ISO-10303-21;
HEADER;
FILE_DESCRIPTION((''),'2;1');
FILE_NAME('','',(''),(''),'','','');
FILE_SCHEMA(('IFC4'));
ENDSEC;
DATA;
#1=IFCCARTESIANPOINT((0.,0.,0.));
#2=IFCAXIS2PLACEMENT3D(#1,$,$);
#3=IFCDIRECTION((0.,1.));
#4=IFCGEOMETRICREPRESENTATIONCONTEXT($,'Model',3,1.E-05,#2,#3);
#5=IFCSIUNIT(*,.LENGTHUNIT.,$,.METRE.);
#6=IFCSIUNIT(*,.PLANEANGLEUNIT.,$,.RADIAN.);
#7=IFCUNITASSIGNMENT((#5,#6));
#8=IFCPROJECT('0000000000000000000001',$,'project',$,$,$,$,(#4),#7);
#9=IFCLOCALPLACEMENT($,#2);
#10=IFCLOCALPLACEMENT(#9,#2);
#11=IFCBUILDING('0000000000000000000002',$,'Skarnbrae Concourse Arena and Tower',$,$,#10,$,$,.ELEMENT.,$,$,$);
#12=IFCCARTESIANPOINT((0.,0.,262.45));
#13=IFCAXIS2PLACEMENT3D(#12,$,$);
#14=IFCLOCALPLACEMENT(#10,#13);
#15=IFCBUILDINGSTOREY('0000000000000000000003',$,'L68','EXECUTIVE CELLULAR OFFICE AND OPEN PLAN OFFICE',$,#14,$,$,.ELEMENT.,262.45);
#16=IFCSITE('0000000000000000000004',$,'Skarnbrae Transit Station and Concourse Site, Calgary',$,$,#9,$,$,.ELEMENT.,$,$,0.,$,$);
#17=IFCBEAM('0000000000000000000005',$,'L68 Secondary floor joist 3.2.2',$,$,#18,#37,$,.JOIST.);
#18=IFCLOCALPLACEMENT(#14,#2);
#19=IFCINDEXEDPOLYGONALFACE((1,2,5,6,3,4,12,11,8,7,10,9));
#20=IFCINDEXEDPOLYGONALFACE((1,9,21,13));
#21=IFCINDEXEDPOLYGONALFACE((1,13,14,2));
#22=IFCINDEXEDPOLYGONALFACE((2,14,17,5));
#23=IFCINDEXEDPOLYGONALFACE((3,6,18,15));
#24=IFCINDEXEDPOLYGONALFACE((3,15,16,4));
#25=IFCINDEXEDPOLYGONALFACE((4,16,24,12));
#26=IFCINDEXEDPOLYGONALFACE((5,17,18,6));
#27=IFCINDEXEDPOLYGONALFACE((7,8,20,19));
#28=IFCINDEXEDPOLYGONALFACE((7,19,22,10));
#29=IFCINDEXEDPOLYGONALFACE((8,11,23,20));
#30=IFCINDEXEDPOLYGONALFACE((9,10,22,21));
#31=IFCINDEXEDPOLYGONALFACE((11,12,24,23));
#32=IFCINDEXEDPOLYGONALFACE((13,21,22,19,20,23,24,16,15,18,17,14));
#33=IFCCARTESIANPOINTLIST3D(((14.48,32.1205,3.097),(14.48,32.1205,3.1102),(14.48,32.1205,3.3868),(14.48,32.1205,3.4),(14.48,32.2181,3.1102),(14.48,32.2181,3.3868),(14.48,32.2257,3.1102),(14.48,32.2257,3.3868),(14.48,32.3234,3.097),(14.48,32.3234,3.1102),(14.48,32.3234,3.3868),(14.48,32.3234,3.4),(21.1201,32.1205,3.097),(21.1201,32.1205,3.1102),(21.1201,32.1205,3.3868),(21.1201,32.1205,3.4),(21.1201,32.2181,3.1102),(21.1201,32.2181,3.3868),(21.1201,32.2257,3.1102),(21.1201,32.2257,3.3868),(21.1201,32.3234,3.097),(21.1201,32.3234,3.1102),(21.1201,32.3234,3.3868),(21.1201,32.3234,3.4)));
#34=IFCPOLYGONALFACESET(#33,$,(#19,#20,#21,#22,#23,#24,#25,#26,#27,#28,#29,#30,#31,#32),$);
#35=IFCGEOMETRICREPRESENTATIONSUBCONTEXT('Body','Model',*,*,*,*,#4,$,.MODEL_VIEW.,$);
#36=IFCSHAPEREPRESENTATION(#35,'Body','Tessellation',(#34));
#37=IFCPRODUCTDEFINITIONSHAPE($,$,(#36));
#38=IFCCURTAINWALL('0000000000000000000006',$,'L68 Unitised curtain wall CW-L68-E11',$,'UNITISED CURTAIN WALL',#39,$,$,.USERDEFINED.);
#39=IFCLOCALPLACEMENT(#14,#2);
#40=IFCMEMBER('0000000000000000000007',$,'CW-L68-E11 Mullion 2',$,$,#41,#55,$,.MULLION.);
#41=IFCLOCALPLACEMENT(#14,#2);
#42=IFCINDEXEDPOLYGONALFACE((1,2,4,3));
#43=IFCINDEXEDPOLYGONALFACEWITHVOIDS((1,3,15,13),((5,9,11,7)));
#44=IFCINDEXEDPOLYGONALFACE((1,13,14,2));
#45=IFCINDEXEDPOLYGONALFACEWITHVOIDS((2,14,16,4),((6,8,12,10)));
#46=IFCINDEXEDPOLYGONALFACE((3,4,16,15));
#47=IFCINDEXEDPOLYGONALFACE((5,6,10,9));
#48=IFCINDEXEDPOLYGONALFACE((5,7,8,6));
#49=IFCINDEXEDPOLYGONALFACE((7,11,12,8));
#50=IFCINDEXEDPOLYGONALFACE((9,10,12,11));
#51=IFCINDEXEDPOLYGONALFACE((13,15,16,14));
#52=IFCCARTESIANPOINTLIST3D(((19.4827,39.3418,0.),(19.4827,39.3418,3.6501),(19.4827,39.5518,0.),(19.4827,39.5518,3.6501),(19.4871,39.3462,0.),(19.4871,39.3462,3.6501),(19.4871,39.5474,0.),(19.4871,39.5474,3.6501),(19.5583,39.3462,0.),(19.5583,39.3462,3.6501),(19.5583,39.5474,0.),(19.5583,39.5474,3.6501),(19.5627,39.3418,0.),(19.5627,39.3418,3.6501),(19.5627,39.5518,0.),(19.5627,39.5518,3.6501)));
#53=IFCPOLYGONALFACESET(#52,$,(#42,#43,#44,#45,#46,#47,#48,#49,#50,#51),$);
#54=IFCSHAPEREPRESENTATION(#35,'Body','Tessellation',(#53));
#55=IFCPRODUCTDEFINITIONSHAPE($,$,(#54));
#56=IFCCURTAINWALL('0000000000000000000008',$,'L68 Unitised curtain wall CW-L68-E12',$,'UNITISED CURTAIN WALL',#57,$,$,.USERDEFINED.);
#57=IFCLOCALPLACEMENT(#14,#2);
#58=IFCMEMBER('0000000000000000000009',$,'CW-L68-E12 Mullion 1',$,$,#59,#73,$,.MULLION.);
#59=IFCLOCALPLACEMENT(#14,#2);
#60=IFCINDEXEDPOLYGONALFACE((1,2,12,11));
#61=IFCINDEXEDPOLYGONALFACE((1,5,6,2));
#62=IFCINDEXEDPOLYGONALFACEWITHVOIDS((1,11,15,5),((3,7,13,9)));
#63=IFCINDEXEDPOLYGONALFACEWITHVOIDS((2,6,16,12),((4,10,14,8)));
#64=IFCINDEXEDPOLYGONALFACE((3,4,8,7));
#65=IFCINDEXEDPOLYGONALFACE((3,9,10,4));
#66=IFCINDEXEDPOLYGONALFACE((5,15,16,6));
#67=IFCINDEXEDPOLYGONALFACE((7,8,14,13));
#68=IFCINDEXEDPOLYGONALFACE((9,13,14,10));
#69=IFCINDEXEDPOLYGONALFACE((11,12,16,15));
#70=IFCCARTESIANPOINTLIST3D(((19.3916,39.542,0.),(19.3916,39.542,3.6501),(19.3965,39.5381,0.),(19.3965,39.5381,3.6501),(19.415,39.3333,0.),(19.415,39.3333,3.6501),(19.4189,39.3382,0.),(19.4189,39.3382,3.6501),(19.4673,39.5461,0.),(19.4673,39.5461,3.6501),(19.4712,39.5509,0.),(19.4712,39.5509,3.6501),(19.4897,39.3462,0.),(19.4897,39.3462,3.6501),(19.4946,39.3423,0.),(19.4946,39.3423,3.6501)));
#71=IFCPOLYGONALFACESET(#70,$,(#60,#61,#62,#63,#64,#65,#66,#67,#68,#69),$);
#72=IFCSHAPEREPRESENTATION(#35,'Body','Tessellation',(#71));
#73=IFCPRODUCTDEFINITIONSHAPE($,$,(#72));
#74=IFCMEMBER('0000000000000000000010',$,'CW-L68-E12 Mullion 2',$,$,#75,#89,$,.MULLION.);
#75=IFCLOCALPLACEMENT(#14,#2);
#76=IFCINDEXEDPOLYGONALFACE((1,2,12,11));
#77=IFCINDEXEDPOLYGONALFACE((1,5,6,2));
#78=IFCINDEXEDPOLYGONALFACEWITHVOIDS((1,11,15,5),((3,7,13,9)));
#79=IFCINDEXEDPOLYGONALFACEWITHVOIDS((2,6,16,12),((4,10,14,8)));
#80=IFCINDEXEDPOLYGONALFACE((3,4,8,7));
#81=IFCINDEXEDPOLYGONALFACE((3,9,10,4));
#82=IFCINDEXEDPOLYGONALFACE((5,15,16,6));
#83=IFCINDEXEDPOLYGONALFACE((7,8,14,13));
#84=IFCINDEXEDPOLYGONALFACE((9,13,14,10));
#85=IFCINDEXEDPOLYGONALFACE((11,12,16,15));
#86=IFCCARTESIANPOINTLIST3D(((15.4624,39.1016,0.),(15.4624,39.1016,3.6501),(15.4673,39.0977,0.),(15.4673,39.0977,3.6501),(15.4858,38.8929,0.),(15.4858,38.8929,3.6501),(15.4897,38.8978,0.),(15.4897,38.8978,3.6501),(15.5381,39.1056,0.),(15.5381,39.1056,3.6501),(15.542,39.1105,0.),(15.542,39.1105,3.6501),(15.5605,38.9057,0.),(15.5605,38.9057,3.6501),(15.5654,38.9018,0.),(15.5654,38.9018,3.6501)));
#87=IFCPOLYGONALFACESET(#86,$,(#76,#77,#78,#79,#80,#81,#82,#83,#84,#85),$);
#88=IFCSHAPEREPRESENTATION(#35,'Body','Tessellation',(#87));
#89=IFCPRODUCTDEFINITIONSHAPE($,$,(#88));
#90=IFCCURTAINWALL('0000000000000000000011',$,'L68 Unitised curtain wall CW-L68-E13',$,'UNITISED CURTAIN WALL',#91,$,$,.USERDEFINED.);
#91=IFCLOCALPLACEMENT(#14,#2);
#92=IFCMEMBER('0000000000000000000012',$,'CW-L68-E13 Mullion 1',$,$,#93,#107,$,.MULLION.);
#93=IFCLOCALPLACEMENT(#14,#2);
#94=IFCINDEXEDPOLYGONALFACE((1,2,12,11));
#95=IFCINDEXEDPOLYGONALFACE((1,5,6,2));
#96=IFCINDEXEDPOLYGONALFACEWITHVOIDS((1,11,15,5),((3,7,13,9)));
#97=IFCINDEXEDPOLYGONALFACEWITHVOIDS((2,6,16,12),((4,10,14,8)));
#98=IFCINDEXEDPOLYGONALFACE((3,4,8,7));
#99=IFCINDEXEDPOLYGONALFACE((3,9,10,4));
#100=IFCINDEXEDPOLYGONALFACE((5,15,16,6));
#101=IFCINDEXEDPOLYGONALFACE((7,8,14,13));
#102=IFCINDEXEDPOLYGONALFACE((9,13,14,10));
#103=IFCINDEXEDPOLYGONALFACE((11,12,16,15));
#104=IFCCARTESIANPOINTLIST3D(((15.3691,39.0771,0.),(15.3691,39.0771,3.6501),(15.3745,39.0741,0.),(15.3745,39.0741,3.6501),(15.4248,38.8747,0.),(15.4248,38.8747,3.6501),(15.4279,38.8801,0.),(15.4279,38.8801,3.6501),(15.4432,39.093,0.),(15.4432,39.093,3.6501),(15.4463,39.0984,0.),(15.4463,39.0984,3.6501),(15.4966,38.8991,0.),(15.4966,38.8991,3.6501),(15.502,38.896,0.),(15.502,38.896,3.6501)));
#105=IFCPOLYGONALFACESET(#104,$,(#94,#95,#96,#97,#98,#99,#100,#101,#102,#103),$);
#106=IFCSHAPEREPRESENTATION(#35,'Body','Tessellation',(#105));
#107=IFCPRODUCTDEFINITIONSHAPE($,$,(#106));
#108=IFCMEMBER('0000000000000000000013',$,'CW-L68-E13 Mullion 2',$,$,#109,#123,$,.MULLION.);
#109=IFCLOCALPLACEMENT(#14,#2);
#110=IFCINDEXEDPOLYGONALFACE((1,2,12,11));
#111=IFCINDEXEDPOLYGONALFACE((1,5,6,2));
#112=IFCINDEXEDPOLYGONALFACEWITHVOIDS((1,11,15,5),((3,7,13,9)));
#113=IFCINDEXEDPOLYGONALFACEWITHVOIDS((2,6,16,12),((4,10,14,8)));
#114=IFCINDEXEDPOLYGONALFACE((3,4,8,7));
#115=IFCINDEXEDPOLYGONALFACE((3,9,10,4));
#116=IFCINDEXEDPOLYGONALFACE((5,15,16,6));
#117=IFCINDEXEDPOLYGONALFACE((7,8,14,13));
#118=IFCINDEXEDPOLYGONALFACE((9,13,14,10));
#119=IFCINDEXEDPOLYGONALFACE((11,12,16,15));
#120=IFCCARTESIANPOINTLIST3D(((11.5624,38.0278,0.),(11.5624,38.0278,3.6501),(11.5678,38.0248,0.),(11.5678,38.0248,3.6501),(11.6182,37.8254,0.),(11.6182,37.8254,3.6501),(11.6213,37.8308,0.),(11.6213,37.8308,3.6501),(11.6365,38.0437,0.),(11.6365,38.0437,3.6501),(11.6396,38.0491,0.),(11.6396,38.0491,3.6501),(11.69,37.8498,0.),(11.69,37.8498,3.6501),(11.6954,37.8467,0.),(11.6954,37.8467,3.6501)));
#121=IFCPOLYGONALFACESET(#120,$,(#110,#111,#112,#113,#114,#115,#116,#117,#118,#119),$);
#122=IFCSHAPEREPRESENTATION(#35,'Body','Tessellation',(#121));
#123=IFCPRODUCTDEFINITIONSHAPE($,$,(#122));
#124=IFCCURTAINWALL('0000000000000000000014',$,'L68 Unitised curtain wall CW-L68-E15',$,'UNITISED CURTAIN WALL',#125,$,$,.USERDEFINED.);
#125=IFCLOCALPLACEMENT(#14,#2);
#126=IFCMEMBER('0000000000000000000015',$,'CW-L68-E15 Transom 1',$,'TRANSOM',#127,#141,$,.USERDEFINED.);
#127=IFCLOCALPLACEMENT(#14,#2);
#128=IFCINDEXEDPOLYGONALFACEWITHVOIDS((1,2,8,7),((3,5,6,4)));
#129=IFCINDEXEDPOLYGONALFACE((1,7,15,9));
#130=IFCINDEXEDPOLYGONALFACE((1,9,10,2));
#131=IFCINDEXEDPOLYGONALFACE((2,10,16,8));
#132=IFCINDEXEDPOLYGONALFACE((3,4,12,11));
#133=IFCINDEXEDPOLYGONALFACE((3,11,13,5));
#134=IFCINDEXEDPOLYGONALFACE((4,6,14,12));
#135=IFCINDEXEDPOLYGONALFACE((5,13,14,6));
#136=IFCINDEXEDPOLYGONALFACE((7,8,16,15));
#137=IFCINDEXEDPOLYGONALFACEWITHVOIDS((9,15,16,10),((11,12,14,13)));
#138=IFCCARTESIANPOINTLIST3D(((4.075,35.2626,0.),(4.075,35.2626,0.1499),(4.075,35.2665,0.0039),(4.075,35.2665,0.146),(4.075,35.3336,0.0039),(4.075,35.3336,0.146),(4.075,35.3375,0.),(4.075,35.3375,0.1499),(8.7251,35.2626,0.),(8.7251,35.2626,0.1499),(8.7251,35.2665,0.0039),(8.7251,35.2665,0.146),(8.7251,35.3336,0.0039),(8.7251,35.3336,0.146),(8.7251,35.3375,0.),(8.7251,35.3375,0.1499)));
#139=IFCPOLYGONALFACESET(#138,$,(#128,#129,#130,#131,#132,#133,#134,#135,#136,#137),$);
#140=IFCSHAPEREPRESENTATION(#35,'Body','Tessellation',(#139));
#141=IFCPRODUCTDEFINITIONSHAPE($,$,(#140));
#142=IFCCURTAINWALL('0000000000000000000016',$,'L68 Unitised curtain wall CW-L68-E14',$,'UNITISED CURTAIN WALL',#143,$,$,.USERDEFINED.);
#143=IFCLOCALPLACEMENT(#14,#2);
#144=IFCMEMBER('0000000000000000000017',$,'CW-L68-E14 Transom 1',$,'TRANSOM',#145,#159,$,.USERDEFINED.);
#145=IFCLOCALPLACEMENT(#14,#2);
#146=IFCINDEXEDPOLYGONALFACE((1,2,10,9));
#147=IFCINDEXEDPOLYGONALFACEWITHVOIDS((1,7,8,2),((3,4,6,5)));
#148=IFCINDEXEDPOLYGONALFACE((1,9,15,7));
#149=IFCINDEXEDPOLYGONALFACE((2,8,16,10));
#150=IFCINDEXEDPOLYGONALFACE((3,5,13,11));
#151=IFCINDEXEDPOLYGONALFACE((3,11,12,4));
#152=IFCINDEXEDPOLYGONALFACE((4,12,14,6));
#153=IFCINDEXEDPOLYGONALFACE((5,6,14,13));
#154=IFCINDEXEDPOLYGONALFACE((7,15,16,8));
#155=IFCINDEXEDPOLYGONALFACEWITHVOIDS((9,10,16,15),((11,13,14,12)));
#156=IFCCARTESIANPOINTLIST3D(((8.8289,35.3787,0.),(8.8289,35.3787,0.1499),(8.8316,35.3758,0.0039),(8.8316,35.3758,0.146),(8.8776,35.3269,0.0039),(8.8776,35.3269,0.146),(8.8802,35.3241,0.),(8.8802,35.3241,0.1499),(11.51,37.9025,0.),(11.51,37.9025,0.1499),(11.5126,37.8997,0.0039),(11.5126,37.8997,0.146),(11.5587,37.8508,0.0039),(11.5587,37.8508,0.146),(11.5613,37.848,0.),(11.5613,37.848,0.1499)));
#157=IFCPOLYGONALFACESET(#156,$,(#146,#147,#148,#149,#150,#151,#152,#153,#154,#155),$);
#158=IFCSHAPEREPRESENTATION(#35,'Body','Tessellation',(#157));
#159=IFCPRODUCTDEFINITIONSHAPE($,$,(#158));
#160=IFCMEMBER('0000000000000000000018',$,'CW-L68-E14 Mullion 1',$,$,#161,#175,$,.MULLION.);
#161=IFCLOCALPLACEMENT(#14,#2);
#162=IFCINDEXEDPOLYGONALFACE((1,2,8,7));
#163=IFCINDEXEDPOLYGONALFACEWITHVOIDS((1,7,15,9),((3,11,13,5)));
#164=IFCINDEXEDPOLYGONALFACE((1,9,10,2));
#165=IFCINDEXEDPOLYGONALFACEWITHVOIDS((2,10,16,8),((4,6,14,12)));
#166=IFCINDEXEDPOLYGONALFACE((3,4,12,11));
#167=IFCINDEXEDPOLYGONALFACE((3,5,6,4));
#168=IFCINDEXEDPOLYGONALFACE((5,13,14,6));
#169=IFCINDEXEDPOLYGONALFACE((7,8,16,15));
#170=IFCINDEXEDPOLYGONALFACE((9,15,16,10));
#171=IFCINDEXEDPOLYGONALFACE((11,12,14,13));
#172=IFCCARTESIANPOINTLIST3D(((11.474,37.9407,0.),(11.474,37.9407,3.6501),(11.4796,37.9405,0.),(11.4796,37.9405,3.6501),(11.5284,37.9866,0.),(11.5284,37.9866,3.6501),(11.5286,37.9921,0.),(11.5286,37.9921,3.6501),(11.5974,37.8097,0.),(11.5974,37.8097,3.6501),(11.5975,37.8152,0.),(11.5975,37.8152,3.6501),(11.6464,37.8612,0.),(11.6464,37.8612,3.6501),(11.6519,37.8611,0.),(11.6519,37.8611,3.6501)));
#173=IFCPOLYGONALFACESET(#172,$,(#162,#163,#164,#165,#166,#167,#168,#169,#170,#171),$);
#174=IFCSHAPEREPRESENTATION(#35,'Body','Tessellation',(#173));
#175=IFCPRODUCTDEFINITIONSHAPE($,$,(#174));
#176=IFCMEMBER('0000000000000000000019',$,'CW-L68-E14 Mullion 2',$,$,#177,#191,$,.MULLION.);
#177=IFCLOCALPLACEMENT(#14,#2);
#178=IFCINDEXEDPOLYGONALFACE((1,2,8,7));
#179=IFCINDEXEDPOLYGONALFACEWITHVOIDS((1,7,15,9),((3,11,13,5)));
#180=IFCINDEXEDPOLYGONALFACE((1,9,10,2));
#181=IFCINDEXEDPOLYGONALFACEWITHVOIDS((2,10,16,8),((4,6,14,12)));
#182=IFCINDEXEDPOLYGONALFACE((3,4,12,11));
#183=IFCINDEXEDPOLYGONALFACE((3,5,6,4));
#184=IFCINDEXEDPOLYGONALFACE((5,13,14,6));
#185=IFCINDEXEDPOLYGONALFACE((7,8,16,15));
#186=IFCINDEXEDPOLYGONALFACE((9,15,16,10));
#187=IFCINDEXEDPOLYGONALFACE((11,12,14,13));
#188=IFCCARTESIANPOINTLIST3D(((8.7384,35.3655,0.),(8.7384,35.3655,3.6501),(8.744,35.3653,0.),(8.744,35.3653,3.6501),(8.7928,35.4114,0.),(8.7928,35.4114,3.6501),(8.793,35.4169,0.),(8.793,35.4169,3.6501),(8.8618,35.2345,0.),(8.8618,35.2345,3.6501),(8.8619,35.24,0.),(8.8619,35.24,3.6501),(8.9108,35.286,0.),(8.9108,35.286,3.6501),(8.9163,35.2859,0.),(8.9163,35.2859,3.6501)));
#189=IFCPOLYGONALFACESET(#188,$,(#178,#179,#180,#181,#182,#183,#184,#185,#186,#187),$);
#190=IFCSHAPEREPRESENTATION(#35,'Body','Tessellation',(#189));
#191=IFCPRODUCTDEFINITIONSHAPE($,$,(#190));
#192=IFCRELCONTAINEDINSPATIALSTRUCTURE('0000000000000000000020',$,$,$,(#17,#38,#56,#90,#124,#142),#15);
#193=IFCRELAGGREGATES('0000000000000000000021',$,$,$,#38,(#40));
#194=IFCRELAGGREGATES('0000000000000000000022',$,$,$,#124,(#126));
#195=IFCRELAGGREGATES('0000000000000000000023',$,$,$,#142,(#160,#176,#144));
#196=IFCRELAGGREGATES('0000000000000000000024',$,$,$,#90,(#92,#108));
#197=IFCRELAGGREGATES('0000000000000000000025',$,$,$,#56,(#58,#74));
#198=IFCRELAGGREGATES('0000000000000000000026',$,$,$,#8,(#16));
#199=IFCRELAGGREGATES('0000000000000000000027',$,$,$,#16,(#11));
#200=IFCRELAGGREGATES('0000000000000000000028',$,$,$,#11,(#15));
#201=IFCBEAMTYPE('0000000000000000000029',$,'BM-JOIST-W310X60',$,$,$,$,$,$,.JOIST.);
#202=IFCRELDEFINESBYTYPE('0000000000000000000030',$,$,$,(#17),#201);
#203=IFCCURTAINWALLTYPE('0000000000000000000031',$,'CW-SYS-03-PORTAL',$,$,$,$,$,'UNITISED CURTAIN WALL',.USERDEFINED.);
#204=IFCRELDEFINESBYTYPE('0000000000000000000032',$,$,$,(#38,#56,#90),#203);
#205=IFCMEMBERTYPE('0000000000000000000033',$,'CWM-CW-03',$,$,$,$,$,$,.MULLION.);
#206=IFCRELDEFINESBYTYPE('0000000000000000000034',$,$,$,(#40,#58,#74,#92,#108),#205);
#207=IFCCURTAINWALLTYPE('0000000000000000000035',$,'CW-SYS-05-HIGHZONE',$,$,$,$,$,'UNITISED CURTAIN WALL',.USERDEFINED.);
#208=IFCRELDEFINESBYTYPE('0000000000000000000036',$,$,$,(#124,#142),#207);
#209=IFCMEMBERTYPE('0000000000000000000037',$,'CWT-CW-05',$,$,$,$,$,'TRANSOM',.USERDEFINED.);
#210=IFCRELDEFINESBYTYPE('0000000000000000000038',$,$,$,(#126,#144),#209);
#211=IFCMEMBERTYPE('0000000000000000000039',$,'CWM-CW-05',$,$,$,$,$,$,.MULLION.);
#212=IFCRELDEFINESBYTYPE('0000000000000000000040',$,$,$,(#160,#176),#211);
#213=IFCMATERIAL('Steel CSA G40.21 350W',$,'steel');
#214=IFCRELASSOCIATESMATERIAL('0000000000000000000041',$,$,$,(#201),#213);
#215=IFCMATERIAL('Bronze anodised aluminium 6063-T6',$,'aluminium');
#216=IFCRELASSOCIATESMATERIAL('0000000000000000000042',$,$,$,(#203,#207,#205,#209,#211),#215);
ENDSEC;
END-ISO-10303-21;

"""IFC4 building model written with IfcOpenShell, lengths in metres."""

from ifc_helpers import new_model, si_unit, direction, frame, origin, origin_2d, place, context, subcontext, project, spatial, hollow_rectangle, i_section, extrude, source, transform, mapped, material, material_profile, profile_set, type_object, element, aggregate, save


model = new_model("IFC4")

# Units and contexts
model_context = context("Model", 3, precision=1e-05, world=origin(), true_north=direction((0.0, 1.0)))
body_context = subcontext(model_context, "Body", "Model", "MODEL_VIEW")
ifc_project = project(units=[si_unit("LENGTHUNIT", "METRE"), si_unit("PLANEANGLEUNIT", "RADIAN")], contexts=[model_context])

# Site, building, storey
site_placement = place(None, origin())
site = spatial("IfcSite", under=ifc_project, at=site_placement, Name="Skarnbrae Transit Station and Concourse Site, Calgary", CompositionType="ELEMENT", RefElevation=0.0)
building_placement = place(site_placement, origin())
building = spatial("IfcBuilding", under=site, at=building_placement, Name="Skarnbrae Concourse Arena and Tower", CompositionType="ELEMENT")
storey_placement = place(building_placement, frame((0.0, 0.0, 262.45)))
storey = spatial("IfcBuildingStorey", under=building, at=storey_placement, Name="L68", Description="EXECUTIVE CELLULAR OFFICE AND OPEN PLAN OFFICE", CompositionType="ELEMENT", Elevation=262.45)

# Shared definitions
ifc_material_1 = material(Name="Steel CSA G40.21 350W", Category="steel")

# Beam
ifc_material_profile_1 = material_profile(ifc_material_1, i_section(OverallWidth=0.2029, OverallDepth=0.303, WebThickness=0.0076, FlangeThickness=0.0132, at=origin_2d()), Name="W310X60")
ifc_profile_set_1 = profile_set([ifc_material_profile_1], Name="Steel CSA G40.21 350W")
beam_type_1 = type_object("IfcBeamType", Name="BM-JOIST-W310X60", PredefinedType="JOIST", material=ifc_profile_set_1)
shared_shape_1 = source(origin(), body_context, "Body", "SweptSolid", [
    extrude(i_section(OverallWidth=0.2029, OverallDepth=0.303, WebThickness=0.0076, FlangeThickness=0.0132, at=origin_2d()), origin(), (0.0, 0.0, 1.0), 6.6401),
])
for number, where, z_axis, x_axis, name in (
    (1, (14.48, 32.2219, 3.2485), (1.0, 0.0, 0.0), (0.0, 1.0, 0.0), "L68 Secondary floor joist 3.2.2"),
):
    element("IfcBeam", number, at=place(storey_placement, frame(where, z_axis=z_axis, x_axis=x_axis)), inside=storey, type_object=beam_type_1, Name=name, PredefinedType="JOIST", context=body_context, shape_type="MappedRepresentation", body=[
        mapped(shared_shape_1, transform((0.0, 0.0, 0.0))),
    ])

# Curtain wall, member
ifc_material_2 = material(Name="Bronze anodised aluminium 6063-T6", Category="aluminium")
curtain_wall_type_1 = type_object("IfcCurtainWallType", Name="CW-SYS-03-PORTAL", ElementType="UNITISED CURTAIN WALL", PredefinedType="USERDEFINED", material=ifc_material_2)
curtain_wall_1_placement = place(storey_placement, origin())
curtain_wall_1 = element("IfcCurtainWall", 2, at=curtain_wall_1_placement, inside=storey, type_object=curtain_wall_type_1, Name="L68 Unitised curtain wall CW-L68-E11", ObjectType="UNITISED CURTAIN WALL", PredefinedType="USERDEFINED")
ifc_material_profile_2 = material_profile(ifc_material_2, hollow_rectangle(XDim=0.0801, YDim=0.21, WallThickness=0.0044, at=origin_2d()), Name="ALU-MULL-80X210")
ifc_profile_set_2 = profile_set([ifc_material_profile_2], Name="Bronze anodised aluminium 6063-T6")
member_type_1 = type_object("IfcMemberType", Name="CWM-CW-03", PredefinedType="MULLION", material=ifc_profile_set_2)
shared_shape_2 = source(origin(), body_context, "Body", "SweptSolid", [
    extrude(hollow_rectangle(XDim=0.0801, YDim=0.21, WallThickness=0.0044, at=origin_2d()), origin(), (0.0, 0.0, 1.0), 3.6501),
])
member_1_placement = place(storey_placement, frame((19.5227, 39.4468, 0.0), z_axis=(0.0, 0.0, 1.0), x_axis=(-1.0, 0.0, 0.0)))
member_1 = element("IfcMember", 3, at=member_1_placement, type_object=member_type_1, Name="CW-L68-E11 Mullion 2", PredefinedType="MULLION", context=body_context, shape_type="MappedRepresentation", body=[
    mapped(shared_shape_2, transform((0.0, 0.0, 0.0))),
])
aggregate(curtain_wall_1, [member_1])

# Curtain walls, members
curtain_wall_2_placement = place(storey_placement, origin())
curtain_wall_2 = element("IfcCurtainWall", 4, at=curtain_wall_2_placement, inside=storey, type_object=curtain_wall_type_1, Name="L68 Unitised curtain wall CW-L68-E12", ObjectType="UNITISED CURTAIN WALL", PredefinedType="USERDEFINED")
member_2_placement = place(storey_placement, frame((19.4431, 39.4421, 0.0), z_axis=(0.0, 0.0, 1.0), x_axis=(-0.993769, -0.11146, 0.0)))
member_2 = element("IfcMember", 5, at=member_2_placement, type_object=member_type_1, Name="CW-L68-E12 Mullion 1", PredefinedType="MULLION", context=body_context, shape_type="MappedRepresentation", body=[
    mapped(shared_shape_2, transform((0.0, 0.0, 0.0))),
])
member_3_placement = place(storey_placement, frame((15.5139, 39.0017, 0.0), z_axis=(0.0, 0.0, 1.0), x_axis=(-0.993769, -0.11146, 0.0)))
member_3 = element("IfcMember", 6, at=member_3_placement, type_object=member_type_1, Name="CW-L68-E12 Mullion 2", PredefinedType="MULLION", context=body_context, shape_type="MappedRepresentation", body=[
    mapped(shared_shape_2, transform((0.0, 0.0, 0.0))),
])
curtain_wall_3_placement = place(storey_placement, origin())
curtain_wall_3 = element("IfcCurtainWall", 7, at=curtain_wall_3_placement, inside=storey, type_object=curtain_wall_type_1, Name="L68 Unitised curtain wall CW-L68-E13", ObjectType="UNITISED CURTAIN WALL", PredefinedType="USERDEFINED")
member_4_placement = place(storey_placement, frame((15.4355, 38.9866, 0.0), z_axis=(0.0, 0.0, 1.0), x_axis=(-0.964057, -0.265694, 0.0)))
member_4 = element("IfcMember", 8, at=member_4_placement, type_object=member_type_1, Name="CW-L68-E13 Mullion 1", PredefinedType="MULLION", context=body_context, shape_type="MappedRepresentation", body=[
    mapped(shared_shape_2, transform((0.0, 0.0, 0.0))),
])
member_5_placement = place(storey_placement, frame((11.6289, 37.9373, 0.0), z_axis=(0.0, 0.0, 1.0), x_axis=(-0.964057, -0.265694, 0.0)))
member_5 = element("IfcMember", 9, at=member_5_placement, type_object=member_type_1, Name="CW-L68-E13 Mullion 2", PredefinedType="MULLION", context=body_context, shape_type="MappedRepresentation", body=[
    mapped(shared_shape_2, transform((0.0, 0.0, 0.0))),
])

# Curtain wall, member
curtain_wall_type_2 = type_object("IfcCurtainWallType", Name="CW-SYS-05-HIGHZONE", ElementType="UNITISED CURTAIN WALL", PredefinedType="USERDEFINED", material=ifc_material_2)
curtain_wall_4_placement = place(storey_placement, origin())
curtain_wall_4 = element("IfcCurtainWall", 10, at=curtain_wall_4_placement, inside=storey, type_object=curtain_wall_type_2, Name="L68 Unitised curtain wall CW-L68-E15", ObjectType="UNITISED CURTAIN WALL", PredefinedType="USERDEFINED")
ifc_material_profile_3 = material_profile(ifc_material_2, hollow_rectangle(XDim=0.075, YDim=0.1499, WallThickness=0.0039, at=origin_2d()), Name="ALU-TRAN-75X150")
ifc_profile_set_3 = profile_set([ifc_material_profile_3], Name="Bronze anodised aluminium 6063-T6")
member_type_2 = type_object("IfcMemberType", Name="CWT-CW-05", ElementType="TRANSOM", PredefinedType="USERDEFINED", material=ifc_profile_set_3)
shared_shape_3 = source(origin(), body_context, "Body", "SweptSolid", [
    extrude(hollow_rectangle(XDim=0.075, YDim=0.1499, WallThickness=0.0039, at=origin_2d()), origin(), (0.0, 0.0, 1.0), 4.6501),
])
member_6_placement = place(storey_placement, frame((8.7251, 35.3, 0.075), z_axis=(-1.0, 0.0, 0.0), x_axis=(0.0, -1.0, 0.0)))
member_6 = element("IfcMember", 11, at=member_6_placement, type_object=member_type_2, Name="CW-L68-E15 Transom 1", ObjectType="TRANSOM", PredefinedType="USERDEFINED", context=body_context, shape_type="MappedRepresentation", body=[
    mapped(shared_shape_3, transform((0.0, 0.0, 0.0))),
])

# Curtain wall, members
curtain_wall_5_placement = place(storey_placement, origin())
curtain_wall_5 = element("IfcCurtainWall", 12, at=curtain_wall_5_placement, inside=storey, type_object=curtain_wall_type_2, Name="L68 Unitised curtain wall CW-L68-E14", ObjectType="UNITISED CURTAIN WALL", PredefinedType="USERDEFINED")
shared_shape_4 = source(origin(), body_context, "Body", "SweptSolid", [
    extrude(hollow_rectangle(XDim=0.075, YDim=0.1499, WallThickness=0.0039, at=origin_2d()), origin(), (0.0, 0.0, 1.0), 3.6821),
])
member_7_placement = place(storey_placement, frame((11.5356, 37.8752, 0.075), z_axis=(-0.728134, -0.685435, 0.0), x_axis=(0.685435, -0.728134, 0.0)))
member_7 = element("IfcMember", 13, at=member_7_placement, type_object=member_type_2, Name="CW-L68-E14 Transom 1", ObjectType="TRANSOM", PredefinedType="USERDEFINED", context=body_context, shape_type="MappedRepresentation", body=[
    mapped(shared_shape_4, transform((0.0, 0.0, 0.0))),
])
ifc_material_profile_4 = material_profile(ifc_material_2, hollow_rectangle(XDim=0.075, YDim=0.1799, WallThickness=0.0039, at=origin_2d()), Name="ALU-MULL-75X180")
ifc_profile_set_4 = profile_set([ifc_material_profile_4], Name="Bronze anodised aluminium 6063-T6")
member_type_3 = type_object("IfcMemberType", Name="CWM-CW-05", PredefinedType="MULLION", material=ifc_profile_set_4)
shared_shape_5 = source(origin(), body_context, "Body", "SweptSolid", [
    extrude(hollow_rectangle(XDim=0.075, YDim=0.1799, WallThickness=0.0039, at=origin_2d()), origin(), (0.0, 0.0, 1.0), 3.6501),
])
member_8_placement = place(storey_placement, frame((11.563, 37.9009, 0.0), z_axis=(0.0, 0.0, 1.0), x_axis=(-0.728131, -0.685438, 0.0)))
member_8 = element("IfcMember", 14, at=member_8_placement, type_object=member_type_3, Name="CW-L68-E14 Mullion 1", PredefinedType="MULLION", context=body_context, shape_type="MappedRepresentation", body=[
    mapped(shared_shape_5, transform((0.0, 0.0, 0.0))),
])
member_9_placement = place(storey_placement, frame((8.8274, 35.3257, 0.0), z_axis=(0.0, 0.0, 1.0), x_axis=(-0.728131, -0.685438, 0.0)))
member_9 = element("IfcMember", 15, at=member_9_placement, type_object=member_type_3, Name="CW-L68-E14 Mullion 2", PredefinedType="MULLION", context=body_context, shape_type="MappedRepresentation", body=[
    mapped(shared_shape_5, transform((0.0, 0.0, 0.0))),
])

aggregate(curtain_wall_4, [member_6])

aggregate(curtain_wall_5, [member_8, member_9, member_7])
aggregate(curtain_wall_3, [member_4, member_5])
aggregate(curtain_wall_2, [member_2, member_3])

save(model, "model.ifc")
